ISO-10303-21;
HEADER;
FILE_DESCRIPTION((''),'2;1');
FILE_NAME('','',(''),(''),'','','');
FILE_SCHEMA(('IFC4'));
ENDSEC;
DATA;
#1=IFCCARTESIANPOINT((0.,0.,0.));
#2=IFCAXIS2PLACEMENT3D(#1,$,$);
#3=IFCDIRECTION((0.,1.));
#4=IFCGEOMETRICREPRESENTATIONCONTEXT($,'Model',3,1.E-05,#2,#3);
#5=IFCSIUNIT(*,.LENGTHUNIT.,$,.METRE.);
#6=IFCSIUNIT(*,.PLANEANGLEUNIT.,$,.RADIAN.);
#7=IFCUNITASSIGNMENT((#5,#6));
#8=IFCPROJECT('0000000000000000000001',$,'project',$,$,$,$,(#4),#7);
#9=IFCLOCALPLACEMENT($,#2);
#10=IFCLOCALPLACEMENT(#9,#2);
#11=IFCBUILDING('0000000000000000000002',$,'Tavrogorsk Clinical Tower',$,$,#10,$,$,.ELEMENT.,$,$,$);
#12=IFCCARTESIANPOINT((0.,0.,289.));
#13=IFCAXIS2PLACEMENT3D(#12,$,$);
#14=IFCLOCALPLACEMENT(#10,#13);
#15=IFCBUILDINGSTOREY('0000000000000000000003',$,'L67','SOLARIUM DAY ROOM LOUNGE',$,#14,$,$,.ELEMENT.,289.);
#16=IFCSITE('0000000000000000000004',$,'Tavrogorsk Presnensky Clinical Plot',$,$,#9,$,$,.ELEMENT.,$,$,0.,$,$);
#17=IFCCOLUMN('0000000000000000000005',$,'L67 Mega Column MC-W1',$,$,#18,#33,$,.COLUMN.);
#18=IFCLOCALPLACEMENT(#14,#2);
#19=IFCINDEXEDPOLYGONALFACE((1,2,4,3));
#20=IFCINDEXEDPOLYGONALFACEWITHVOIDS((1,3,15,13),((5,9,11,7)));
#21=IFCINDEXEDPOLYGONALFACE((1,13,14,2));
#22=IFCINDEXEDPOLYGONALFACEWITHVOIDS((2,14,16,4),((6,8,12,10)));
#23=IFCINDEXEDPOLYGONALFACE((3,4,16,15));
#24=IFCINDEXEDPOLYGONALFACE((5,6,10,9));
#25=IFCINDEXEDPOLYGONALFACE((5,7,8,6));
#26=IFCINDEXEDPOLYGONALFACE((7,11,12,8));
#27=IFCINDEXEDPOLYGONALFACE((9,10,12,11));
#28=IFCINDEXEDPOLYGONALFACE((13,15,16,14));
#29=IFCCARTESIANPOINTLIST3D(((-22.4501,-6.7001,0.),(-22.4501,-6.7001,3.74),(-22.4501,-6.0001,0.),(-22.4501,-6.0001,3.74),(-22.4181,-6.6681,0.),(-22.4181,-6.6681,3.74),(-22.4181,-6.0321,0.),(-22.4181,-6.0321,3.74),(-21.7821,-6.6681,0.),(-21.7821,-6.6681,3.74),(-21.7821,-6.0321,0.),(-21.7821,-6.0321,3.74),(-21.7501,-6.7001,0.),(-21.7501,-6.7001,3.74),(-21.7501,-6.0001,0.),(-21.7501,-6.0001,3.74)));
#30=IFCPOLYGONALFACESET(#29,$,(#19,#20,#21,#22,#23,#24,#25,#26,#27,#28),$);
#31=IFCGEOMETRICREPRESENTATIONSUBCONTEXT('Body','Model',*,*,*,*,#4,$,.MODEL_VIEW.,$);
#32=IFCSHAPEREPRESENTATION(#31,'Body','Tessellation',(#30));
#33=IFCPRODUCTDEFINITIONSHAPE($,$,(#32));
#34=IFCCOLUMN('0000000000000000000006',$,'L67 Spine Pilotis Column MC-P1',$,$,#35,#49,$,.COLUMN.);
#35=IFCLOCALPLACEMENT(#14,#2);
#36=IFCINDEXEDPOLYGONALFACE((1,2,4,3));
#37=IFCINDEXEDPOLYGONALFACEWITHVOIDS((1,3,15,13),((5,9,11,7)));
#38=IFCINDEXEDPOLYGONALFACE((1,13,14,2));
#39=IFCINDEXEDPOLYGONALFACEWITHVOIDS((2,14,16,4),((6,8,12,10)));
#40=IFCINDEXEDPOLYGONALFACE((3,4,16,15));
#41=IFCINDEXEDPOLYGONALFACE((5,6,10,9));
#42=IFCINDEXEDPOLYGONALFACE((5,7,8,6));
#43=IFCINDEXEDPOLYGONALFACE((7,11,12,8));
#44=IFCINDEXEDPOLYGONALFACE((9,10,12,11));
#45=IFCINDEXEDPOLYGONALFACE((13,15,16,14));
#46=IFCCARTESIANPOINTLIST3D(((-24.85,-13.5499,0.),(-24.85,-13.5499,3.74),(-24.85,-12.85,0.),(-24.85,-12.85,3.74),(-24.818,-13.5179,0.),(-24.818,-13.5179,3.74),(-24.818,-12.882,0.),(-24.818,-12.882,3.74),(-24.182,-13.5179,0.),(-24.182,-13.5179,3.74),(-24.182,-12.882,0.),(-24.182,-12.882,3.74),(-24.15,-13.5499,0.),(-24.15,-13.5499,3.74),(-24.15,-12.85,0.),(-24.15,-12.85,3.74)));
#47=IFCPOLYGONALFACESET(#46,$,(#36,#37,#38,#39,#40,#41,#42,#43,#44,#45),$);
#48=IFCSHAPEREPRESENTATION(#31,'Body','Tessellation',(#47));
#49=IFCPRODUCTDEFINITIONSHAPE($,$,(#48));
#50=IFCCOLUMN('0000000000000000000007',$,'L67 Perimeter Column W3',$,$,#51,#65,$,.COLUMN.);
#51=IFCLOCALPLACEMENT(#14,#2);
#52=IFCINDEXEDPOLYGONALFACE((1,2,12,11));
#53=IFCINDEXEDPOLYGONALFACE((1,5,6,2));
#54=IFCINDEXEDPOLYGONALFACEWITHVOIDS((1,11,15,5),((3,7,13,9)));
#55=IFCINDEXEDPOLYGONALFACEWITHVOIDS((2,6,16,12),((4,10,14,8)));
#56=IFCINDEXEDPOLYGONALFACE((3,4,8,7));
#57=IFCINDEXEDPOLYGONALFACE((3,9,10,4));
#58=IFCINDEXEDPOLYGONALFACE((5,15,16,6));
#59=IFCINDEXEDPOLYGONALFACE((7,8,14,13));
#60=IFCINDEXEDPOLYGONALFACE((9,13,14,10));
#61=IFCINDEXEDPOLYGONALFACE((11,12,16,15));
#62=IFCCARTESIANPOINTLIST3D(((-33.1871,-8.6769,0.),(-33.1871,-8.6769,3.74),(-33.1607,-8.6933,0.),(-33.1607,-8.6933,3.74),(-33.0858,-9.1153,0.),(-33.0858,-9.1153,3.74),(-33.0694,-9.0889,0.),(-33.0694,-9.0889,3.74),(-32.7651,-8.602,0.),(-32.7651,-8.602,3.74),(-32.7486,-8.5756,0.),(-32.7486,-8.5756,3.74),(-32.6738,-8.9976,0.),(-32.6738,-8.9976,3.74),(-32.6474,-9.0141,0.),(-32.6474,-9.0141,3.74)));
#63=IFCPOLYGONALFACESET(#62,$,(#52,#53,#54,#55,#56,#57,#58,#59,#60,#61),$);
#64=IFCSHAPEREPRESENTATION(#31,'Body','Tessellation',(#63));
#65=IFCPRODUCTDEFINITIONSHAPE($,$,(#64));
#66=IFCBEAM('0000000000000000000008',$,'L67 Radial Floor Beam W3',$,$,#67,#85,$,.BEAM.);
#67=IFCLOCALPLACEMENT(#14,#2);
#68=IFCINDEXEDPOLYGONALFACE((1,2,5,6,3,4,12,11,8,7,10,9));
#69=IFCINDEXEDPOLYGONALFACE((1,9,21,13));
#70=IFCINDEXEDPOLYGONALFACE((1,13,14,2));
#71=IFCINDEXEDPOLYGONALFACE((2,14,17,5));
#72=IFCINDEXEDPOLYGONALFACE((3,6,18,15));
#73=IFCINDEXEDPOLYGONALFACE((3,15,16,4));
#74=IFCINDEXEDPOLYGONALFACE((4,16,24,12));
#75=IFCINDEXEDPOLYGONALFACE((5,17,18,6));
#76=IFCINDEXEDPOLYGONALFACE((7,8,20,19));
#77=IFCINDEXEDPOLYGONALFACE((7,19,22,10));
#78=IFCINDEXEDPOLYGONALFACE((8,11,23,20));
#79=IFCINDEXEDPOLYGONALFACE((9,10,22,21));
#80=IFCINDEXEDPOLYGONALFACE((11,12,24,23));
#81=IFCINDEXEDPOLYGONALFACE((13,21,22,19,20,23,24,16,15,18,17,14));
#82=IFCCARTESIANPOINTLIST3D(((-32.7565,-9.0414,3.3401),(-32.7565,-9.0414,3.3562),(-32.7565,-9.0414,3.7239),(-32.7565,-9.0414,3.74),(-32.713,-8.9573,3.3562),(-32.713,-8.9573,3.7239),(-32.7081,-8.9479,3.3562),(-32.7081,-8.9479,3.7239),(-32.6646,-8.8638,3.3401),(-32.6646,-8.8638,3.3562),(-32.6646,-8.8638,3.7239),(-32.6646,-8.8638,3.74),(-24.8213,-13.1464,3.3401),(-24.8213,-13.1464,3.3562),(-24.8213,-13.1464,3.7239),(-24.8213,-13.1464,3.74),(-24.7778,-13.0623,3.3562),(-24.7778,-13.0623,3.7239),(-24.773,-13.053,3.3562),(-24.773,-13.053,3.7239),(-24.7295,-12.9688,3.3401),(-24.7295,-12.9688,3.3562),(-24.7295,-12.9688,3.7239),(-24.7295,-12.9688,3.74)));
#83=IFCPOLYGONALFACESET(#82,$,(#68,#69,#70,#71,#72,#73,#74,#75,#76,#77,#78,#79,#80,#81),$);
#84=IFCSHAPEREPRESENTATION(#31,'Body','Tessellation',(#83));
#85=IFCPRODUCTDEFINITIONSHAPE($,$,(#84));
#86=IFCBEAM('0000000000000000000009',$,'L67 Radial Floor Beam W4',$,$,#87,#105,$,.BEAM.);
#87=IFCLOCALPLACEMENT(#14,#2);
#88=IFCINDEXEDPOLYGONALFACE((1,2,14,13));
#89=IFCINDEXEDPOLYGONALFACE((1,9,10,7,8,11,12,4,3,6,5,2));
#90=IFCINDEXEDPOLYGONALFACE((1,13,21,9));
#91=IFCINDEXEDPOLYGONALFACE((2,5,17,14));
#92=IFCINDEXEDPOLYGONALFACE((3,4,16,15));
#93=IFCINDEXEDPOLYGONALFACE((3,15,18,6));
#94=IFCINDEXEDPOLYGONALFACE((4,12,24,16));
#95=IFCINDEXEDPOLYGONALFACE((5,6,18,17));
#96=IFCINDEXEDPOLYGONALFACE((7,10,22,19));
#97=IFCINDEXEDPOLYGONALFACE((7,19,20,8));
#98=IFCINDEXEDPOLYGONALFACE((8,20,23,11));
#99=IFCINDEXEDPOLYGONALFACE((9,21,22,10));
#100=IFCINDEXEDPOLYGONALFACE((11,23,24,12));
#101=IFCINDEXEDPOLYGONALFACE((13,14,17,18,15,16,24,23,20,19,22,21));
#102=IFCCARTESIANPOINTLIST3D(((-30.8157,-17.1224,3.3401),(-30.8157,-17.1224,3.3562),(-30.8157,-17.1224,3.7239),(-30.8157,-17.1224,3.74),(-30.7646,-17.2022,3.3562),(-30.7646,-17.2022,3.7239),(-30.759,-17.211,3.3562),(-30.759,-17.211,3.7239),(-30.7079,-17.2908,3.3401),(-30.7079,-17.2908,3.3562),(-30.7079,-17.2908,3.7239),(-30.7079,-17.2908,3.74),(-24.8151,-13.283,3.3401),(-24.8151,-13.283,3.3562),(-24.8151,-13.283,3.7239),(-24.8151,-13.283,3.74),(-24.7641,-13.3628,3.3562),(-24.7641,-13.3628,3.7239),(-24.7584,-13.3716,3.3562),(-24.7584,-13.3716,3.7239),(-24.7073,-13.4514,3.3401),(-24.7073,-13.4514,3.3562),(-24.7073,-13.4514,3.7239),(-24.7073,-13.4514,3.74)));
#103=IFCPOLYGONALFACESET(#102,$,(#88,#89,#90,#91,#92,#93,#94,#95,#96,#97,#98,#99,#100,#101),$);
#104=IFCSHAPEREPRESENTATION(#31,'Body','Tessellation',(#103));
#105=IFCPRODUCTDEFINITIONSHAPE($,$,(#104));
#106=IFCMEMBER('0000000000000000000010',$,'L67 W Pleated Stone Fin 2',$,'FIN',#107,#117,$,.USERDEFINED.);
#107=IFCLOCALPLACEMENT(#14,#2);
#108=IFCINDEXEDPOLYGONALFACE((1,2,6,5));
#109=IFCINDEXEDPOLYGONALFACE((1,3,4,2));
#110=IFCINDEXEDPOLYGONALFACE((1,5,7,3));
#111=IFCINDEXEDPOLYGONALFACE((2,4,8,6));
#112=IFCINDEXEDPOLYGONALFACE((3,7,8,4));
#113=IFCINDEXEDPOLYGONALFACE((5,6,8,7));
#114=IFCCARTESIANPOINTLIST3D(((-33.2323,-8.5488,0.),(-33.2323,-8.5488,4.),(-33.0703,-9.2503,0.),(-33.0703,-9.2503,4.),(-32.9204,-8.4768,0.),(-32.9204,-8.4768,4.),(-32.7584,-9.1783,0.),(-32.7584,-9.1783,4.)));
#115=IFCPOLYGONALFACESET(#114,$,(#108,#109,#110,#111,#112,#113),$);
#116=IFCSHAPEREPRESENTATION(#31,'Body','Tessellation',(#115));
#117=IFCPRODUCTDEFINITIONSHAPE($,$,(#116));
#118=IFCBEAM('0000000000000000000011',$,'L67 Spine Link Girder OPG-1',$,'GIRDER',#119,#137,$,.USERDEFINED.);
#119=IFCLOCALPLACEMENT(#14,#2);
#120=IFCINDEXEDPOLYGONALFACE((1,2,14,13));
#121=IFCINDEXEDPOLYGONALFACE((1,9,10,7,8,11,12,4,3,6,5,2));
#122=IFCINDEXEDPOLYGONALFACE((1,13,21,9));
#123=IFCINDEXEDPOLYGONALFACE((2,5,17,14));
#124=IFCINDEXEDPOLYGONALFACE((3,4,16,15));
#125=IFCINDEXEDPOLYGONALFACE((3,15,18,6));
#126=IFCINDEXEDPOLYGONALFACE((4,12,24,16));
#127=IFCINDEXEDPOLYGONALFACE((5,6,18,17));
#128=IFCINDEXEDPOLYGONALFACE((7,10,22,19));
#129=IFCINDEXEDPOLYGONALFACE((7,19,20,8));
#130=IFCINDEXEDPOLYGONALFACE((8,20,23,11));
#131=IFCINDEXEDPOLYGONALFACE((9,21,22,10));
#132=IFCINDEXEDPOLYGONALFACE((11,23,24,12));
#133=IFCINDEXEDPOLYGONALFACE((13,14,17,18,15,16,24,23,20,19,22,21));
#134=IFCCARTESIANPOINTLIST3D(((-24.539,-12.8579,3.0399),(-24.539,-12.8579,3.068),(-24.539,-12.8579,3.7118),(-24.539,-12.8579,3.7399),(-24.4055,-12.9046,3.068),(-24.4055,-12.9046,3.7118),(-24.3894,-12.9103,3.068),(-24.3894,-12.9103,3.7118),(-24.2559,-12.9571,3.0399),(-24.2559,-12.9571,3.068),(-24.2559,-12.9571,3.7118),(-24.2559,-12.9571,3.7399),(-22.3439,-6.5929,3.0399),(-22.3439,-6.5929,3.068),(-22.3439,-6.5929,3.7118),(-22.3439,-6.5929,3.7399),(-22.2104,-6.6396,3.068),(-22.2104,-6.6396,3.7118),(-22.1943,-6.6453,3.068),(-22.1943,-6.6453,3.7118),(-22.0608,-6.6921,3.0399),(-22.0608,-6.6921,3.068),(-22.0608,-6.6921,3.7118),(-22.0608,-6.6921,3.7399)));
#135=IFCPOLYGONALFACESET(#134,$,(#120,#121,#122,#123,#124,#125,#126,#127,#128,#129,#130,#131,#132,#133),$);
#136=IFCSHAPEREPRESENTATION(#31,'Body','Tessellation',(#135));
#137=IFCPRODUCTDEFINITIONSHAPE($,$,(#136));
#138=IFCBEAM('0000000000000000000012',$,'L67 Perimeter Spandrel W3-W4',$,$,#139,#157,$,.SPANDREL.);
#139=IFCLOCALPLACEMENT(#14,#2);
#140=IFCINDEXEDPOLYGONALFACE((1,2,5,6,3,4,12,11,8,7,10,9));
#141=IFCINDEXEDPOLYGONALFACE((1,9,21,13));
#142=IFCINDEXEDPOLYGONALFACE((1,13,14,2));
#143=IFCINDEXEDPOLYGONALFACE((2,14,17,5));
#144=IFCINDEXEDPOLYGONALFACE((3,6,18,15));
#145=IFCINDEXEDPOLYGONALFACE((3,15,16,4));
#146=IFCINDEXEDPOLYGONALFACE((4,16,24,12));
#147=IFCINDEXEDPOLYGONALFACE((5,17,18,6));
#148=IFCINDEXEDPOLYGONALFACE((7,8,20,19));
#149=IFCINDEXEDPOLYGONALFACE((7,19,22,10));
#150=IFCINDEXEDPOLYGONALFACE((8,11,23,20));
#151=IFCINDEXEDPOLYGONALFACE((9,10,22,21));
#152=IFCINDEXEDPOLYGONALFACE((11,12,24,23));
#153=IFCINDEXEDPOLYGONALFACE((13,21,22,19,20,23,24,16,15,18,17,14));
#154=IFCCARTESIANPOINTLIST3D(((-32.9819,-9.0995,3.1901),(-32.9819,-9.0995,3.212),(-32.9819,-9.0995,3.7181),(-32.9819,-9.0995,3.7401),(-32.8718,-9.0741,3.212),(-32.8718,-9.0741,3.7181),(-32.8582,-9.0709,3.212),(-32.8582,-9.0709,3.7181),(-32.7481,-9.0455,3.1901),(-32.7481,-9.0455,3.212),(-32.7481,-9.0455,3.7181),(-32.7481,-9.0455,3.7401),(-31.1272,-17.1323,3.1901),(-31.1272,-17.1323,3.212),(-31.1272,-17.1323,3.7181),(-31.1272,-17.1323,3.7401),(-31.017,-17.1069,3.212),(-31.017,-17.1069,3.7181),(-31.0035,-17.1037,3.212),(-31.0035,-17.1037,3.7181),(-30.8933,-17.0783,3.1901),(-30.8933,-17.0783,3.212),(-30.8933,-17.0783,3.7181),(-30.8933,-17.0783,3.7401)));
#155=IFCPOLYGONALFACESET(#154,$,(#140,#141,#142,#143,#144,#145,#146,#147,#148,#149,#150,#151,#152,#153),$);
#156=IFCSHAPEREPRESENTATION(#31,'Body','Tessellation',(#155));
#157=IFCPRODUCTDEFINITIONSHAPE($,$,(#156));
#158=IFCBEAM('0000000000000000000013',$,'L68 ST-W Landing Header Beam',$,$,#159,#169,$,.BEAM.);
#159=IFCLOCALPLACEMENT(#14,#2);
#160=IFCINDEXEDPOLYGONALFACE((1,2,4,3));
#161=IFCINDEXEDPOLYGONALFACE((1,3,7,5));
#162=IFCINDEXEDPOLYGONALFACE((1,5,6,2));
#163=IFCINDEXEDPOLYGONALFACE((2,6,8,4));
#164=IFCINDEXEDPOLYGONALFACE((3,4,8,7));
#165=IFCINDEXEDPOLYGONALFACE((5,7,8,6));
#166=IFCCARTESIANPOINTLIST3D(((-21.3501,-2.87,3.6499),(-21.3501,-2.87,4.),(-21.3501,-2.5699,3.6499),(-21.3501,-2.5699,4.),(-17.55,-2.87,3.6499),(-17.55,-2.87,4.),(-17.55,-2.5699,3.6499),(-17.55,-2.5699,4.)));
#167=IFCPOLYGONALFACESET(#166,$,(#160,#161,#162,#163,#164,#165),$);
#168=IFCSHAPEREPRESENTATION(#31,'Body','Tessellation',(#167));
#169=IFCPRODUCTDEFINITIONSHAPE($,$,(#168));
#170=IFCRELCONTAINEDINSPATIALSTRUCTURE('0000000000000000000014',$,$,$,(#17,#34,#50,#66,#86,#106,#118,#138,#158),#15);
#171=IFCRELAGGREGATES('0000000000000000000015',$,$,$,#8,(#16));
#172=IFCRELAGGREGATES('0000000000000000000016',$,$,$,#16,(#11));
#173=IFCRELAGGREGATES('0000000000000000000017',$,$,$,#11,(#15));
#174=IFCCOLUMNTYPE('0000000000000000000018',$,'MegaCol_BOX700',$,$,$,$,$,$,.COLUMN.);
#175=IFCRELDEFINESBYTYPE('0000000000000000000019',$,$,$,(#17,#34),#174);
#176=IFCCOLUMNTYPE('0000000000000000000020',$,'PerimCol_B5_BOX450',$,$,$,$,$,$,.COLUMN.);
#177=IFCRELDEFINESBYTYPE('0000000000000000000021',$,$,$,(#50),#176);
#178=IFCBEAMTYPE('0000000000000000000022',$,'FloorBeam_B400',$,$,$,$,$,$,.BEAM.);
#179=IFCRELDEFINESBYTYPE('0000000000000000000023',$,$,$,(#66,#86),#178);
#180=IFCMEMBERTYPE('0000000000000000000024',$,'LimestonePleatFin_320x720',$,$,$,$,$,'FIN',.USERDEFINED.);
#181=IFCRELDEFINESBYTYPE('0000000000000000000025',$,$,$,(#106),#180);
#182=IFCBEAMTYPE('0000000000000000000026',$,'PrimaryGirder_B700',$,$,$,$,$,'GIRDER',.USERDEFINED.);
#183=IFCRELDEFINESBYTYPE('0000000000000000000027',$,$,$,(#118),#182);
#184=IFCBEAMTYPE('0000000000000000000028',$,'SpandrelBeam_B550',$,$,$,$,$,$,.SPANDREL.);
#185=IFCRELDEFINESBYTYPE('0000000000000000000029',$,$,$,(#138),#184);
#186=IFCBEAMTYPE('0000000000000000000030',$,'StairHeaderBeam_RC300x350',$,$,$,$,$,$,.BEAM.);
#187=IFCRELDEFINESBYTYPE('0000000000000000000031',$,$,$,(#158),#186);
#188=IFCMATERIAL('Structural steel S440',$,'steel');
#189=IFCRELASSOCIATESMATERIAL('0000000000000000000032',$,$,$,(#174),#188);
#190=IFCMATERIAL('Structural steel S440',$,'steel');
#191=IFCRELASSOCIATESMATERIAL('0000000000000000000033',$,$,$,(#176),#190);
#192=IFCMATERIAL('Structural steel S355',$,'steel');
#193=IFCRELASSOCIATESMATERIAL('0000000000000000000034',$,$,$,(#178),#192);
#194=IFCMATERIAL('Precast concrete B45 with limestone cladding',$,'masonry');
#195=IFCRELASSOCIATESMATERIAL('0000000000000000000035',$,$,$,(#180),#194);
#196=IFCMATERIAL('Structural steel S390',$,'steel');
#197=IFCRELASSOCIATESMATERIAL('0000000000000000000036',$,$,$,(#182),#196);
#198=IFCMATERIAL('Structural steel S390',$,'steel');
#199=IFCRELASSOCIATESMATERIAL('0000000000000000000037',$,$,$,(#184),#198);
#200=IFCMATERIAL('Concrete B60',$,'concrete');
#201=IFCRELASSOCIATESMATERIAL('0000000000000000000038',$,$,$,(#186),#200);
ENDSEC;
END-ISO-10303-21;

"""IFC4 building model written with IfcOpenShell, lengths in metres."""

from ifc_helpers import new_model, si_unit, direction, frame, origin, origin_2d, place, context, subcontext, project, spatial, rectangle, hollow_rectangle, i_section, extrude, material, material_profile, profile_set, type_object, element, save


model = new_model("IFC4")

# Units and contexts
model_context = context("Model", 3, precision=1e-05, world=origin(), true_north=direction((0.0, 1.0)))
body_context = subcontext(model_context, "Body", "Model", "MODEL_VIEW")
ifc_project = project(units=[si_unit("LENGTHUNIT", "METRE"), si_unit("PLANEANGLEUNIT", "RADIAN")], contexts=[model_context])

# Site, building, storey
site_placement = place(None, origin())
site = spatial("IfcSite", under=ifc_project, at=site_placement, Name="Tavrogorsk Presnensky Clinical Plot", CompositionType="ELEMENT", RefElevation=0.0)
building_placement = place(site_placement, origin())
building = spatial("IfcBuilding", under=site, at=building_placement, Name="Tavrogorsk Clinical Tower", CompositionType="ELEMENT")
storey_placement = place(building_placement, frame((0.0, 0.0, 289.0)))
storey = spatial("IfcBuildingStorey", under=building, at=storey_placement, Name="L67", Description="SOLARIUM DAY ROOM LOUNGE", CompositionType="ELEMENT", Elevation=289.0)

# Columns
ifc_material_1 = material(Name="Structural steel S440", Category="steel")
ifc_material_profile_1 = material_profile(ifc_material_1, hollow_rectangle(XDim=0.7, YDim=0.7, WallThickness=0.032, at=origin_2d()), Name="BOX-700x700x32")
ifc_profile_set_1 = profile_set([ifc_material_profile_1], Name="Structural steel S440")
column_type_1 = type_object("IfcColumnType", Name="MegaCol_BOX700", PredefinedType="COLUMN", material=ifc_profile_set_1)
for number, where, z_axis, x_axis, name in (
    (1, (-22.1001, -6.3501, 0.0), (0.0, 0.0, 1.0), (1.0, 0.0, 0.0), "L67 Mega Column MC-W1"),
    (2, (-24.5, -13.2, 0.0), (0.0, 0.0, 1.0), (1.0, 0.0, 0.0), "L67 Spine Pilotis Column MC-P1"),
):
    element("IfcColumn", number, at=place(storey_placement, frame(where, z_axis=z_axis, x_axis=x_axis)), inside=storey, type_object=column_type_1, Name=name, PredefinedType="COLUMN", context=body_context, shape_type="SweptSolid", body=[
        extrude(hollow_rectangle(XDim=0.7, YDim=0.7, WallThickness=0.032, at=origin_2d()), origin(), (0.0, 0.0, 1.0), 3.74),
    ])
ifc_material_2 = material(Name="Structural steel S440", Category="steel")
ifc_material_profile_2 = material_profile(ifc_material_2, hollow_rectangle(XDim=0.45, YDim=0.45, WallThickness=0.022, at=origin_2d()), Name="BOX-450x450x22")
ifc_profile_set_2 = profile_set([ifc_material_profile_2], Name="Structural steel S440")
column_type_2 = type_object("IfcColumnType", Name="PerimCol_B5_BOX450", PredefinedType="COLUMN", material=ifc_profile_set_2)
column_placement = place(storey_placement, frame((-32.9172, -8.8455, 0.0), z_axis=(0.0, 0.0, 1.0), x_axis=(0.97437, 0.224951, 0.0)))
element("IfcColumn", 3, at=column_placement, inside=storey, type_object=column_type_2, Name="L67 Perimeter Column W3", PredefinedType="COLUMN", context=body_context, shape_type="SweptSolid", body=[
    extrude(hollow_rectangle(XDim=0.45, YDim=0.45, WallThickness=0.022, at=origin_2d()), origin(), (0.0, 0.0, 1.0), 3.74),
])

# Beams
ifc_material_3 = material(Name="Structural steel S355", Category="steel")
ifc_material_profile_3 = material_profile(ifc_material_3, i_section(OverallWidth=0.2, OverallDepth=0.3999, WebThickness=0.0105, FlangeThickness=0.0161, at=origin_2d()), Name="B-400x200x10.5x16")
ifc_profile_set_3 = profile_set([ifc_material_profile_3], Name="Structural steel S355")
beam_type_1 = type_object("IfcBeamType", Name="FloorBeam_B400", PredefinedType="BEAM", material=ifc_profile_set_3)
beam_1_placement = place(storey_placement, frame((-24.7754, -13.0576, 3.54), z_axis=(-0.888188, 0.459479, 0.0), x_axis=(-0.459479, -0.888188, 0.0)))
element("IfcBeam", 4, at=beam_1_placement, inside=storey, type_object=beam_type_1, Name="L67 Radial Floor Beam W3", PredefinedType="BEAM", context=body_context, shape_type="SweptSolid", body=[
    extrude(i_section(OverallWidth=0.2, OverallDepth=0.3999, WebThickness=0.0105, FlangeThickness=0.0161, at=origin_2d()), origin(), (0.0, 0.0, 1.0), 8.9341),
])
beam_2_placement = place(storey_placement, frame((-24.7612, -13.3672, 3.54), z_axis=(-0.842332, -0.538958, 0.0), x_axis=(0.538958, -0.842332, 0.0)))
element("IfcBeam", 5, at=beam_2_placement, inside=storey, type_object=beam_type_1, Name="L67 Radial Floor Beam W4", PredefinedType="BEAM", context=body_context, shape_type="SweptSolid", body=[
    extrude(i_section(OverallWidth=0.2, OverallDepth=0.3999, WebThickness=0.0105, FlangeThickness=0.0161, at=origin_2d()), origin(), (0.0, 0.0, 1.0), 7.1238),
])

# Member
ifc_material_4 = material(Name="Precast concrete B45 with limestone cladding", Category="masonry")
ifc_material_profile_4 = material_profile(ifc_material_4, rectangle(XDim=0.3201, YDim=0.72, at=origin_2d()), Name="LIMESTONE-FIN-320x720")
ifc_profile_set_4 = profile_set([ifc_material_profile_4], Name="Precast concrete B45 with limestone cladding")
member_type = type_object("IfcMemberType", Name="LimestonePleatFin_320x720", ElementType="FIN", PredefinedType="USERDEFINED", material=ifc_profile_set_4)
member_placement = place(storey_placement, frame((-32.9954, -8.8635, 0.0), z_axis=(0.0, 0.0, 1.0), x_axis=(0.97437, 0.224951, 0.0)))
element("IfcMember", 6, at=member_placement, inside=storey, type_object=member_type, Name="L67 W Pleated Stone Fin 2", ObjectType="FIN", PredefinedType="USERDEFINED", context=body_context, shape_type="SweptSolid", body=[
    extrude(rectangle(XDim=0.3201, YDim=0.72, at=origin_2d()), origin(), (0.0, 0.0, 1.0), 4.0),
])

# Beams
ifc_material_5 = material(Name="Structural steel S390", Category="steel")
ifc_material_profile_5 = material_profile(ifc_material_5, i_section(OverallWidth=0.3, OverallDepth=0.7, WebThickness=0.0171, FlangeThickness=0.0281, at=origin_2d()), Name="B-700x300x17x28")
ifc_profile_set_5 = profile_set([ifc_material_profile_5], Name="Structural steel S390")
beam_type_2 = type_object("IfcBeamType", Name="PrimaryGirder_B700", ElementType="GIRDER", PredefinedType="USERDEFINED", material=ifc_profile_set_5)
beam_3_placement = place(storey_placement, frame((-24.3975, -12.9075, 3.3899), z_axis=(0.330667, 0.943748, 0.0), x_axis=(-0.943748, 0.330667, 0.0)))
element("IfcBeam", 7, at=beam_3_placement, inside=storey, type_object=beam_type_2, Name="L67 Spine Link Girder OPG-1", ObjectType="GIRDER", PredefinedType="USERDEFINED", context=body_context, shape_type="SweptSolid", body=[
    extrude(i_section(OverallWidth=0.3, OverallDepth=0.7, WebThickness=0.0171, FlangeThickness=0.0281, at=origin_2d()), origin(), (0.0, 0.0, 1.0), 6.6384),
])
ifc_material_6 = material(Name="Structural steel S390", Category="steel")
ifc_material_profile_6 = material_profile(ifc_material_6, i_section(OverallWidth=0.24, OverallDepth=0.55, WebThickness=0.0139, FlangeThickness=0.022, at=origin_2d()), Name="B-550x240x14x22")
ifc_profile_set_6 = profile_set([ifc_material_profile_6], Name="Structural steel S390")
beam_type_3 = type_object("IfcBeamType", Name="SpandrelBeam_B550", PredefinedType="SPANDREL", material=ifc_profile_set_6)
beam_4_placement = place(storey_placement, frame((-32.865, -9.0725, 3.4651), z_axis=(0.224978, -0.974364, 0.0), x_axis=(0.974364, 0.224978, 0.0)))
element("IfcBeam", 8, at=beam_4_placement, inside=storey, type_object=beam_type_3, Name="L67 Perimeter Spandrel W3-W4", PredefinedType="SPANDREL", context=body_context, shape_type="SweptSolid", body=[
    extrude(i_section(OverallWidth=0.24, OverallDepth=0.55, WebThickness=0.0139, FlangeThickness=0.022, at=origin_2d()), origin(), (0.0, 0.0, 1.0), 8.2441),
])
ifc_material_7 = material(Name="Concrete B60", Category="concrete")
ifc_material_profile_7 = material_profile(ifc_material_7, rectangle(XDim=0.3, YDim=0.3501, at=origin_2d()), Name="RC-SHB-300x350")
ifc_profile_set_7 = profile_set([ifc_material_profile_7], Name="Concrete B60")
beam_type_4 = type_object("IfcBeamType", Name="StairHeaderBeam_RC300x350", PredefinedType="BEAM", material=ifc_profile_set_7)
beam_5_placement = place(storey_placement, frame((-21.3501, -2.72, 3.825), z_axis=(1.0, 0.0, 0.0), x_axis=(0.0, 1.0, 0.0)))
element("IfcBeam", 9, at=beam_5_placement, inside=storey, type_object=beam_type_4, Name="L68 ST-W Landing Header Beam", PredefinedType="BEAM", context=body_context, shape_type="SweptSolid", body=[
    extrude(rectangle(XDim=0.3, YDim=0.3501, at=origin_2d()), origin(), (0.0, 0.0, 1.0), 3.8),
])

save(model, "model.ifc")
